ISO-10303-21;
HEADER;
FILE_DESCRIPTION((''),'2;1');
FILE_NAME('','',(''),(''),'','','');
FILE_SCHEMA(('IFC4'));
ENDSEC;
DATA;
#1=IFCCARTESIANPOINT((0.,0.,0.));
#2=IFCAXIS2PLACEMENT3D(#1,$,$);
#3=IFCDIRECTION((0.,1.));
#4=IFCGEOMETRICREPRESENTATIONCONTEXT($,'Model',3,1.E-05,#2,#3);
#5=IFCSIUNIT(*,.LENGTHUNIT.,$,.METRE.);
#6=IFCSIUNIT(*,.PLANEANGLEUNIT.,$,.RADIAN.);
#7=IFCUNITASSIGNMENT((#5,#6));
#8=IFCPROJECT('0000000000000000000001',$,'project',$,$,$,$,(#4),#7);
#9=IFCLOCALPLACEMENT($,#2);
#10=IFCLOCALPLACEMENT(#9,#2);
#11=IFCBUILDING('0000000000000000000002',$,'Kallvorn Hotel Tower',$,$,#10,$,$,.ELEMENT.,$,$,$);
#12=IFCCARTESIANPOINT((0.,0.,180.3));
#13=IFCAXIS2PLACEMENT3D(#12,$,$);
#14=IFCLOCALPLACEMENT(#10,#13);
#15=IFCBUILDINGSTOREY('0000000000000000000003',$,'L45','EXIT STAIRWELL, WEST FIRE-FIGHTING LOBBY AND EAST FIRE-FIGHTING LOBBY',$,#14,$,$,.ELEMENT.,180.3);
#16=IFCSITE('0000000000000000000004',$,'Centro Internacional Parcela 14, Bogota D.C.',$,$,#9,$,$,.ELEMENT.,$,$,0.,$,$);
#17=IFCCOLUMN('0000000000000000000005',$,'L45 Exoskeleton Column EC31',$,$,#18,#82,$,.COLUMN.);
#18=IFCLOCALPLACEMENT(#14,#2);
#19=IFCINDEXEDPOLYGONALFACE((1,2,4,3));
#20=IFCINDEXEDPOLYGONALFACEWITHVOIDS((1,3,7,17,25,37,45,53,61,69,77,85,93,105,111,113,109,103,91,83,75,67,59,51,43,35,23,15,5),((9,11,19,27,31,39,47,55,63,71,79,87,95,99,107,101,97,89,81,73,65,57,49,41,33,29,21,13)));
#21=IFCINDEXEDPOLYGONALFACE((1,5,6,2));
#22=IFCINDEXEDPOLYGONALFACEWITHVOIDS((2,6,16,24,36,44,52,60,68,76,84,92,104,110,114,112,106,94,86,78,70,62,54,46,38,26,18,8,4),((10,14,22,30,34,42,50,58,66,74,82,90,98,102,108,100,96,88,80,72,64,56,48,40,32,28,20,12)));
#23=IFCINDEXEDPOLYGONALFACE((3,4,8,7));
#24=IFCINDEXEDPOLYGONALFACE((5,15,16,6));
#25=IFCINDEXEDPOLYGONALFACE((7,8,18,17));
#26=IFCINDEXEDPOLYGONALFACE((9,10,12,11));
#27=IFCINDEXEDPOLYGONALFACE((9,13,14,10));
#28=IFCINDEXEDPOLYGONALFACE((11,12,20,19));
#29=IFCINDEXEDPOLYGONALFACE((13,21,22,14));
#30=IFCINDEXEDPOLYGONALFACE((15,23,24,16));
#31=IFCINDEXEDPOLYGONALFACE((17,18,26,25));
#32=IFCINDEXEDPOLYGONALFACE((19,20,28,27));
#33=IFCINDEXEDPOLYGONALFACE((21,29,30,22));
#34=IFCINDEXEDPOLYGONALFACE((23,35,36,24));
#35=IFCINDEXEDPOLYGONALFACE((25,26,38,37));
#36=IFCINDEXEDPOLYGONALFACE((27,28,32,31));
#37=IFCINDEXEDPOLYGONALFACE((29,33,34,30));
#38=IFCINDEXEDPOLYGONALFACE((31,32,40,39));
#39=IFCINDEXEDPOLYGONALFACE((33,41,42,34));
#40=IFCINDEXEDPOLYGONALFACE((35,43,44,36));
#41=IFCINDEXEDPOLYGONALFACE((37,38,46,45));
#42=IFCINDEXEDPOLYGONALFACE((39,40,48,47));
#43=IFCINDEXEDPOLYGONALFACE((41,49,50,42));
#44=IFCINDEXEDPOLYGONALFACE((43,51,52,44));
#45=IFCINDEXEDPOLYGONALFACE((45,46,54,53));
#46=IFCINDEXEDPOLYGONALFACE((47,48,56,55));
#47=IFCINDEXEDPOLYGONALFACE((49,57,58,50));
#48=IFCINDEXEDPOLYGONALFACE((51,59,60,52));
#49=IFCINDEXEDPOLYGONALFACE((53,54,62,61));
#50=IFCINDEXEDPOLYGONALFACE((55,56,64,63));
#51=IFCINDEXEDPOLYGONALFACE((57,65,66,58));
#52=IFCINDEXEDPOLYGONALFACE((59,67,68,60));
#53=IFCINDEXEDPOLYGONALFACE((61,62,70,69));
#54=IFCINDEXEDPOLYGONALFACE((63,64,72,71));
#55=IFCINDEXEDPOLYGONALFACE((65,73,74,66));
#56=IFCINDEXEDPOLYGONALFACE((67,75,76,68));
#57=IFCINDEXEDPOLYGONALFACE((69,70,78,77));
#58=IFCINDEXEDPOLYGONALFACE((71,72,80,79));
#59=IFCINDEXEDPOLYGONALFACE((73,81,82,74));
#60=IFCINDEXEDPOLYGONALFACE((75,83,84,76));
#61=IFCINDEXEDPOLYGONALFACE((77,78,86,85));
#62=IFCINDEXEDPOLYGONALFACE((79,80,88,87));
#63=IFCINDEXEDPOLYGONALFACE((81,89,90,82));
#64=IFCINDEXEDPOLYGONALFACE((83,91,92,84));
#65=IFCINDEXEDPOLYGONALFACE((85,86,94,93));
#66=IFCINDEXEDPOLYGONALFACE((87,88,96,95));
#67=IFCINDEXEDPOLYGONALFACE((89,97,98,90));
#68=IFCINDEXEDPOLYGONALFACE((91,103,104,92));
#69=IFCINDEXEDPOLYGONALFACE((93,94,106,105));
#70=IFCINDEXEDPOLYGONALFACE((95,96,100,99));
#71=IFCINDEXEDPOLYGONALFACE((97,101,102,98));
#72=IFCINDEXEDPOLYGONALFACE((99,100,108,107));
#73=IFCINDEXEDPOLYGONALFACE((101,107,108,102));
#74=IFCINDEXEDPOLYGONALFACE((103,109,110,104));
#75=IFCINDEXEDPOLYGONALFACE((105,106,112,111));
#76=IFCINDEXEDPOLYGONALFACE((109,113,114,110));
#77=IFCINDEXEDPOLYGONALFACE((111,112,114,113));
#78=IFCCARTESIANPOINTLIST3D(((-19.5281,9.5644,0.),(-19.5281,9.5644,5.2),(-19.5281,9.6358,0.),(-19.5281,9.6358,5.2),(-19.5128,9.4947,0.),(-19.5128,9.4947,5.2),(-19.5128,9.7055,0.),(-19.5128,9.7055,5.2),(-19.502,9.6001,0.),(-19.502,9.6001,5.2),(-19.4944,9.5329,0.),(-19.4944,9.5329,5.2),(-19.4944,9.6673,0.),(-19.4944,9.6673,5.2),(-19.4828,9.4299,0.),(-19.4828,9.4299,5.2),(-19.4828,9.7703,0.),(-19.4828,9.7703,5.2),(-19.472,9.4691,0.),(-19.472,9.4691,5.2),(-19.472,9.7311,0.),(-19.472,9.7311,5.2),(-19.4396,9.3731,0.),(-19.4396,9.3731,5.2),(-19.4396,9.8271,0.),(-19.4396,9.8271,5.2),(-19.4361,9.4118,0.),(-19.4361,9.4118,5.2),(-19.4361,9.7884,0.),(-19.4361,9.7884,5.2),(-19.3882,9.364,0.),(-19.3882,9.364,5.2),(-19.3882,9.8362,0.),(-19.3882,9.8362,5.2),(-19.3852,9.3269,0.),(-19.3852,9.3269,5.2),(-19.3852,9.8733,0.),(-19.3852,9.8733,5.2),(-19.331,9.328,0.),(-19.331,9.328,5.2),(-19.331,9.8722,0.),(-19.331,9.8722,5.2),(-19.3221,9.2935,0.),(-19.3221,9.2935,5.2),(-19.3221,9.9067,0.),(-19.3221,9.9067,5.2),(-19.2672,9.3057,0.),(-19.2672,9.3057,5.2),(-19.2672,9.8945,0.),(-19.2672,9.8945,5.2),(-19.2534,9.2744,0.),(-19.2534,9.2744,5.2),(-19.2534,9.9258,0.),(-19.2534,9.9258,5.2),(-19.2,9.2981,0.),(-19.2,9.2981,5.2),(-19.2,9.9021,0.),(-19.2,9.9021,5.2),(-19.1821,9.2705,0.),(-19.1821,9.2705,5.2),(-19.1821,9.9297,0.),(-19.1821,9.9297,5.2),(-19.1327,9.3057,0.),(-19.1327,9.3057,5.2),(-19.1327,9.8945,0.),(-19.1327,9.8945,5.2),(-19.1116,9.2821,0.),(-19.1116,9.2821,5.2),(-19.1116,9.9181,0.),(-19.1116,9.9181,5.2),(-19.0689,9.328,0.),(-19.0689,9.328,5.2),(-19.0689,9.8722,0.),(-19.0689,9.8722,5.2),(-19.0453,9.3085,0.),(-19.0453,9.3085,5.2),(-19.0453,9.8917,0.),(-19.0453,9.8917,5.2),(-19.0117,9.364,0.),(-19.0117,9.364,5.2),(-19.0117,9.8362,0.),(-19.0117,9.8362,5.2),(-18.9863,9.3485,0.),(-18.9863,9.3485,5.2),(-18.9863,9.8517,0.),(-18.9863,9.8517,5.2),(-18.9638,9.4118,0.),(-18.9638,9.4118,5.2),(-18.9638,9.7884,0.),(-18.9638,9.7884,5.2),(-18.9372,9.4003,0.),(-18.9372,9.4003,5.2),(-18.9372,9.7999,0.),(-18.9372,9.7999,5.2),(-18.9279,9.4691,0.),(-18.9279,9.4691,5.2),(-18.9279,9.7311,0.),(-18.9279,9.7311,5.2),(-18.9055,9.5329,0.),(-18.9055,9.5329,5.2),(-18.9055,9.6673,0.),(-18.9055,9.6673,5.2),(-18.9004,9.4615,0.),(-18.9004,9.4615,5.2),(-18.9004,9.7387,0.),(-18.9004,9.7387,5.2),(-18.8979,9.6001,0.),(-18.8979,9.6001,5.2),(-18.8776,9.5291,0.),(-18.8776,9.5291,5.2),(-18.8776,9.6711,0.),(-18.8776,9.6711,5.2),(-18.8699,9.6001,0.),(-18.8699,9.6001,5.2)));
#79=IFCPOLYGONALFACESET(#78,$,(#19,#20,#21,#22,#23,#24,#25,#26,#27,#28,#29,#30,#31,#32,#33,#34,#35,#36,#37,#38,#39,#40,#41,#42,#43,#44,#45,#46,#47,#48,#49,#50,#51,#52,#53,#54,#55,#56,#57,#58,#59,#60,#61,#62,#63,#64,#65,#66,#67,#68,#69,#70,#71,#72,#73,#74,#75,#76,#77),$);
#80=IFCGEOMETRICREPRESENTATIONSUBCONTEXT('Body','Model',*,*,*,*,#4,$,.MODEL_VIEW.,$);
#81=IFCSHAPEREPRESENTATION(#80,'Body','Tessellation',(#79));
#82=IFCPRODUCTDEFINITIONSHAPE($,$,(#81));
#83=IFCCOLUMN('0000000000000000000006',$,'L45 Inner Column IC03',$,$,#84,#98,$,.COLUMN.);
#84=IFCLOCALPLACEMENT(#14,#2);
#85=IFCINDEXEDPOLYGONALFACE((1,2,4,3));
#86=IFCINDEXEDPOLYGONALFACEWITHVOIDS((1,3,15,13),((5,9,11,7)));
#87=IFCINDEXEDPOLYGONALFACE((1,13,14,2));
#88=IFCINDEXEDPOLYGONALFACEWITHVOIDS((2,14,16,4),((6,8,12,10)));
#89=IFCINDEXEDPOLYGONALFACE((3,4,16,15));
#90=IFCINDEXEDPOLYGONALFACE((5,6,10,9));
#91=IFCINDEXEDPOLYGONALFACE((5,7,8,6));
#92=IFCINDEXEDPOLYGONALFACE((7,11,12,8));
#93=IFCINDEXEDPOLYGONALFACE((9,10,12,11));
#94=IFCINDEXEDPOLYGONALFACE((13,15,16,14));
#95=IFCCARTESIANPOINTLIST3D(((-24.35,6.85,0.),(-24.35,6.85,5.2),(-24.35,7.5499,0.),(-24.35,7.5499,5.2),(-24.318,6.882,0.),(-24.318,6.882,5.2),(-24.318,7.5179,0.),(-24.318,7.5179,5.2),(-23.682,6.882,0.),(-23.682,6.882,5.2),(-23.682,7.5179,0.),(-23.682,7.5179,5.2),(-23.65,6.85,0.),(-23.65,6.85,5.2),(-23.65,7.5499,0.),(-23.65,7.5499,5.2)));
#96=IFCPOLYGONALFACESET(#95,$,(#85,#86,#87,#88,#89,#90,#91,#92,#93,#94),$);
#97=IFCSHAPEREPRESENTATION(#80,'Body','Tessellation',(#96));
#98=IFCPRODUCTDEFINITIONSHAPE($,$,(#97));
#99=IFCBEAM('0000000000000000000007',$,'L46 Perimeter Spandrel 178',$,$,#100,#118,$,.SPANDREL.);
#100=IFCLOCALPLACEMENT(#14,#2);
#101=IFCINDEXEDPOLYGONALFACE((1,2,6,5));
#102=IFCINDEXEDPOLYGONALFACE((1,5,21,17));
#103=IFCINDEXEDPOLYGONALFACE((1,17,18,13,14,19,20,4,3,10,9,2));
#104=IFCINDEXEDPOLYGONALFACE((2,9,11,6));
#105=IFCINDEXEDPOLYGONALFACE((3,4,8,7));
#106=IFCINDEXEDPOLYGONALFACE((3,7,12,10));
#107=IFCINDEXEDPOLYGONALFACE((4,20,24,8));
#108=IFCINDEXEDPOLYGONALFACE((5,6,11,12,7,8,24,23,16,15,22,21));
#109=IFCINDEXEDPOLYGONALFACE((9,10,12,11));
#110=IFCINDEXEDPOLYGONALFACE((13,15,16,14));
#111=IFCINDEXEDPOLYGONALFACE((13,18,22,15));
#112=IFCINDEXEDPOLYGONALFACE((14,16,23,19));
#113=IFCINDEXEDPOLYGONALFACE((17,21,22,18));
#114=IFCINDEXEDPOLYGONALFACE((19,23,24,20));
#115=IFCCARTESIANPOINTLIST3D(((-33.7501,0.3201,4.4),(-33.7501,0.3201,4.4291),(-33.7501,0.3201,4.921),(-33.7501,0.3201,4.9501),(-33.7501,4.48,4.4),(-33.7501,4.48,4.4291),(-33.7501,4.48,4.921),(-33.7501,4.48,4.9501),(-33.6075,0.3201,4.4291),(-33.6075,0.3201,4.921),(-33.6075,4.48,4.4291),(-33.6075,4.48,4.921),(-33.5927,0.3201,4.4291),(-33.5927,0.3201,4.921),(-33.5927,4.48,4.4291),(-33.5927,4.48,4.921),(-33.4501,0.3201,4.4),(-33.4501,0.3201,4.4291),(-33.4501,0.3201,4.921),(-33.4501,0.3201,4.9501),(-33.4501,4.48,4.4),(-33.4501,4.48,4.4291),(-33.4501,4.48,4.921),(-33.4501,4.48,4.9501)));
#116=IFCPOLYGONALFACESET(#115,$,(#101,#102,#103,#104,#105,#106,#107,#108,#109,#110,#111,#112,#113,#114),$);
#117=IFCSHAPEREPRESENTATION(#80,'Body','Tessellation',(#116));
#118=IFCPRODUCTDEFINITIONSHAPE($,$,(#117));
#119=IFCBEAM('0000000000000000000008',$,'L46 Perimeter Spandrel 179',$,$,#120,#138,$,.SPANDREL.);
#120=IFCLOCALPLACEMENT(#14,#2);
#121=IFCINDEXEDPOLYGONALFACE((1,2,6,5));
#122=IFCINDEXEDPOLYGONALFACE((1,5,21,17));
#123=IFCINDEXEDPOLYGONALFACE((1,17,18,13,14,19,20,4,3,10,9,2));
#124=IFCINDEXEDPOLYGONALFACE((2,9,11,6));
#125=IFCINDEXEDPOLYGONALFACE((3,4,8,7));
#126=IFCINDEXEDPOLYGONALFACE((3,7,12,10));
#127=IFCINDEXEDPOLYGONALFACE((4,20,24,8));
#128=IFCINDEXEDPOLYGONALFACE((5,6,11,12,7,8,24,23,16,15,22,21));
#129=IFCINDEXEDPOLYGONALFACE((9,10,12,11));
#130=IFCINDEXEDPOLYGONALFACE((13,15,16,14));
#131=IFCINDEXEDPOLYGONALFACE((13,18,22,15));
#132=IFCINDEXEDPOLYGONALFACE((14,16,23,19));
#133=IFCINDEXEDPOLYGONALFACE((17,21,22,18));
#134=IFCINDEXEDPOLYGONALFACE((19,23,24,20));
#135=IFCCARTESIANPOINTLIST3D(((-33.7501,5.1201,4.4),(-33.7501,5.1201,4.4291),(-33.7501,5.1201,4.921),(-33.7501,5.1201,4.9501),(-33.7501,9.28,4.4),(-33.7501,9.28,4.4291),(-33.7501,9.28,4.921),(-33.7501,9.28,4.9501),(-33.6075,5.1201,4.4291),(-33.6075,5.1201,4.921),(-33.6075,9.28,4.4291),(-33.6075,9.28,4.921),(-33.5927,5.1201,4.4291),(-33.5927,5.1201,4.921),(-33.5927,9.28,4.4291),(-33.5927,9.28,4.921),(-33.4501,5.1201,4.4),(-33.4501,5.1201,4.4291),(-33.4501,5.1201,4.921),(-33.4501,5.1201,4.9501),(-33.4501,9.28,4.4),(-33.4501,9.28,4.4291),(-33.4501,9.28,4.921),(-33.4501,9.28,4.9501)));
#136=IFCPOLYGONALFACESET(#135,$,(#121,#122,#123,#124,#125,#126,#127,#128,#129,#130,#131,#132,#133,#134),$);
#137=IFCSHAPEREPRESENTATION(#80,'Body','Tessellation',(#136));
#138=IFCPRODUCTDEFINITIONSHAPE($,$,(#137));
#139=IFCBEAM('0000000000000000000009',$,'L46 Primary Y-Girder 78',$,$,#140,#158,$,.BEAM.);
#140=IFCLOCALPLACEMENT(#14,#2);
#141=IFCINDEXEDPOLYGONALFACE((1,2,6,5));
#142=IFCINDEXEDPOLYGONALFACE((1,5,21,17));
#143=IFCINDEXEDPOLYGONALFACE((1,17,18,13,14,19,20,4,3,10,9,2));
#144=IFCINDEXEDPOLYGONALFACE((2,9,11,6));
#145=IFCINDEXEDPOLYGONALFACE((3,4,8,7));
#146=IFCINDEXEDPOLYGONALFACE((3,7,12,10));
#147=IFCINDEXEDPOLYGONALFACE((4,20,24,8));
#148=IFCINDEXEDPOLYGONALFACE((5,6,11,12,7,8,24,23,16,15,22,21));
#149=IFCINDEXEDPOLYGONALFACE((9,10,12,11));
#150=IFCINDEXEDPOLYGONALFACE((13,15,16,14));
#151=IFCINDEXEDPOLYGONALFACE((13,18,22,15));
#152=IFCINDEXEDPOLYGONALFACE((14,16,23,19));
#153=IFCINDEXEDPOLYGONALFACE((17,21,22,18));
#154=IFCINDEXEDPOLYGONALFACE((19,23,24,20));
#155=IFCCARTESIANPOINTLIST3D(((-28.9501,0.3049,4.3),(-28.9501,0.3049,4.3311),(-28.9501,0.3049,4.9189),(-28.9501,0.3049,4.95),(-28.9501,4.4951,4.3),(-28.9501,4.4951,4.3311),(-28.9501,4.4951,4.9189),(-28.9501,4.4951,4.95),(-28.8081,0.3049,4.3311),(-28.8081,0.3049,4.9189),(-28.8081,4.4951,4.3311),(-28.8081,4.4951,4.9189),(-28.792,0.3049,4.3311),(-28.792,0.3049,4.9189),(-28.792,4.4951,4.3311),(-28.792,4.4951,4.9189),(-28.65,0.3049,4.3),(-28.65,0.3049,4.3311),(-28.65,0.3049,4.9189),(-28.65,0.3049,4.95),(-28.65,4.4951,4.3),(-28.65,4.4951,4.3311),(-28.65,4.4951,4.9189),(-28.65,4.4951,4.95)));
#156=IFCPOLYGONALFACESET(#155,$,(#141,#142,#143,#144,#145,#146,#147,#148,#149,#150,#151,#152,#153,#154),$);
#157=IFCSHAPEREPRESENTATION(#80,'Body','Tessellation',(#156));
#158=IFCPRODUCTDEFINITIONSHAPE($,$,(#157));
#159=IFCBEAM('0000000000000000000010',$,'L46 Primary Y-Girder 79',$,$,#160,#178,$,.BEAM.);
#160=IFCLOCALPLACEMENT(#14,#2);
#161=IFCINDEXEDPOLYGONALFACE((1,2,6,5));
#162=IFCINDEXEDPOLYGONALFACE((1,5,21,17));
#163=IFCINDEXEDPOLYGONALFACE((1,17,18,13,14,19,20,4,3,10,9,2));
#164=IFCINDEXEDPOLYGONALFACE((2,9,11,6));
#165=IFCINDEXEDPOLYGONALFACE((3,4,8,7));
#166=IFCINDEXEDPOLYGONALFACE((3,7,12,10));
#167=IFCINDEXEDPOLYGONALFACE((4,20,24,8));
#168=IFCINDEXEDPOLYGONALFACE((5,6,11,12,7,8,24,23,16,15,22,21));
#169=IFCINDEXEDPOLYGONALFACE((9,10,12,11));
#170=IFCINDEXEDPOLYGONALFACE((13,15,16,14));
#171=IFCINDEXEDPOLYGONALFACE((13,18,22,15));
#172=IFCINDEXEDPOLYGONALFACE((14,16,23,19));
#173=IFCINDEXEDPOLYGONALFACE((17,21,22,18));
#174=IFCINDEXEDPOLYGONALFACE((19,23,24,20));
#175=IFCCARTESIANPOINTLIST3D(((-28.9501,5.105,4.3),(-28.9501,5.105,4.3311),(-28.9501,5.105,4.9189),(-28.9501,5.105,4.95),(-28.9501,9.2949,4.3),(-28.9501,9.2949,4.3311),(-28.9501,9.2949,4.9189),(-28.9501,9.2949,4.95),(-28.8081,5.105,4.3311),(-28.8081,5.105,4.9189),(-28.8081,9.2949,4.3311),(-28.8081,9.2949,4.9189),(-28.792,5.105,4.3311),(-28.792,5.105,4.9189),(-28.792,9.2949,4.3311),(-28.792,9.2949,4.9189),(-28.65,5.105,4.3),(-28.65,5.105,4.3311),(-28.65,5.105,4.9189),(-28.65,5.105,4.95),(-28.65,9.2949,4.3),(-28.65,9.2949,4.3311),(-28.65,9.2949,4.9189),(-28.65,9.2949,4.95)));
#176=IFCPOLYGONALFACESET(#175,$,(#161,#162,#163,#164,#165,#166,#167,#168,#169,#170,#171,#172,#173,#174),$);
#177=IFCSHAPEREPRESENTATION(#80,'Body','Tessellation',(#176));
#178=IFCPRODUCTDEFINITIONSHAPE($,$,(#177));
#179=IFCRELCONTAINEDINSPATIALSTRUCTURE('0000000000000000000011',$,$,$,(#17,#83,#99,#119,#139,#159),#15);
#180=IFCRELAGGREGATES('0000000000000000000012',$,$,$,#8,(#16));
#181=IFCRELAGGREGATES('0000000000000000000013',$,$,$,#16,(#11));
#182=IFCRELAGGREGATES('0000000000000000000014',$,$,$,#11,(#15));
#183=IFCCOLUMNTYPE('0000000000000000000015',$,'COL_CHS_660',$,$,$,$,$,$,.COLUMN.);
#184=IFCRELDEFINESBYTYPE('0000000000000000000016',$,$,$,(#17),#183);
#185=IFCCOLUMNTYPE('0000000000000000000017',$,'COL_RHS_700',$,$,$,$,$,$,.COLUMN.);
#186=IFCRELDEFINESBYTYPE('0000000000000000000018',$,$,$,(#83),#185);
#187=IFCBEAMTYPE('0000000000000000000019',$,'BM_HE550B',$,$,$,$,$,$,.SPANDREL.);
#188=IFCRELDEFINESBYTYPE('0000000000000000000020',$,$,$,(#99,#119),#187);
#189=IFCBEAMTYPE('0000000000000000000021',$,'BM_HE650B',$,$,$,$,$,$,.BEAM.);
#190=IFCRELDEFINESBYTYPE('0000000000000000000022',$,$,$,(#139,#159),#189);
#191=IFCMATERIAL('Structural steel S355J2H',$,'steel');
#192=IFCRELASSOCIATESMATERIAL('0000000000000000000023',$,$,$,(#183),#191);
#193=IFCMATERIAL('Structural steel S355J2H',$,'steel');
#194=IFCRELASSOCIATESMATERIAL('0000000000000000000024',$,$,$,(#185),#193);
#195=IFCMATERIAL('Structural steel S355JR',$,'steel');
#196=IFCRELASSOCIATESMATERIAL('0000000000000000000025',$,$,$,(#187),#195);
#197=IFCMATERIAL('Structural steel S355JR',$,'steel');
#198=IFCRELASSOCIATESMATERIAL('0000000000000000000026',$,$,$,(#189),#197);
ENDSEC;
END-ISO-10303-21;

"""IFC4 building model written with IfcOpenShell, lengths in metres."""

from ifc_helpers import new_model, si_unit, direction, frame, origin, origin_2d, place, context, subcontext, project, spatial, hollow_rectangle, hollow_circle, i_section, extrude, material, material_profile, profile_set, type_object, element, save


model = new_model("IFC4")

# Units and contexts
model_context = context("Model", 3, precision=1e-05, world=origin(), true_north=direction((0.0, 1.0)))
body_context = subcontext(model_context, "Body", "Model", "MODEL_VIEW")
ifc_project = project(units=[si_unit("LENGTHUNIT", "METRE"), si_unit("PLANEANGLEUNIT", "RADIAN")], contexts=[model_context])

# Site, building, storey
site_placement = place(None, origin())
site = spatial("IfcSite", under=ifc_project, at=site_placement, Name="Centro Internacional Parcela 14, Bogota D.C.", CompositionType="ELEMENT", RefElevation=0.0)
building_placement = place(site_placement, origin())
building = spatial("IfcBuilding", under=site, at=building_placement, Name="Kallvorn Hotel Tower", CompositionType="ELEMENT")
storey_placement = place(building_placement, frame((0.0, 0.0, 180.3)))
storey = spatial("IfcBuildingStorey", under=building, at=storey_placement, Name="L45", Description="EXIT STAIRWELL, WEST FIRE-FIGHTING LOBBY AND EAST FIRE-FIGHTING LOBBY", CompositionType="ELEMENT", Elevation=180.3)

# Columns
ifc_material_1 = material(Name="Structural steel S355J2H", Category="steel")
ifc_material_profile_1 = material_profile(ifc_material_1, hollow_circle(Radius=0.3301, WallThickness=0.0281, at=origin_2d()), Name="CHS 660x28")
ifc_profile_set_1 = profile_set([ifc_material_profile_1], Name="Structural steel S355J2H")
column_type_1 = type_object("IfcColumnType", Name="COL_CHS_660", PredefinedType="COLUMN", material=ifc_profile_set_1)
for number, where, z_axis, x_axis, name in (
    (1, (-19.2, 9.6001, 0.0), (0.0, 0.0, 1.0), (1.0, 0.0, 0.0), "L45 Exoskeleton Column EC31"),
):
    element("IfcColumn", number, at=place(storey_placement, frame(where, z_axis=z_axis, x_axis=x_axis)), inside=storey, type_object=column_type_1, Name=name, PredefinedType="COLUMN", context=body_context, shape_type="SweptSolid", body=[
        extrude(hollow_circle(Radius=0.3301, WallThickness=0.0281, at=origin_2d()), origin(), (0.0, 0.0, 1.0), 5.2),
    ])
ifc_material_2 = material(Name="Structural steel S355J2H", Category="steel")
ifc_material_profile_2 = material_profile(ifc_material_2, hollow_rectangle(XDim=0.7, YDim=0.7, WallThickness=0.032, at=origin_2d()), Name="RHS 700x700x32")
ifc_profile_set_2 = profile_set([ifc_material_profile_2], Name="Structural steel S355J2H")
column_type_2 = type_object("IfcColumnType", Name="COL_RHS_700", PredefinedType="COLUMN", material=ifc_profile_set_2)
column_placement = place(storey_placement, frame((-24.0, 7.2, 0.0), z_axis=(0.0, 0.0, 1.0), x_axis=(1.0, 0.0, 0.0)))
element("IfcColumn", 2, at=column_placement, inside=storey, type_object=column_type_2, Name="L45 Inner Column IC03", PredefinedType="COLUMN", context=body_context, shape_type="SweptSolid", body=[
    extrude(hollow_rectangle(XDim=0.7, YDim=0.7, WallThickness=0.032, at=origin_2d()), origin(), (0.0, 0.0, 1.0), 5.2),
])

# Beams
ifc_material_3 = material(Name="Structural steel S355JR", Category="steel")
ifc_material_profile_3 = material_profile(ifc_material_3, i_section(OverallWidth=0.3, OverallDepth=0.55, WebThickness=0.0149, FlangeThickness=0.0291, at=origin_2d()), Name="HE 550 B")
ifc_profile_set_3 = profile_set([ifc_material_profile_3], Name="Structural steel S355JR")
beam_type_1 = type_object("IfcBeamType", Name="BM_HE550B", PredefinedType="SPANDREL", material=ifc_profile_set_3)
for number, where, z_axis, x_axis, name in (
    (3, (-33.6001, 0.3201, 4.675), (0.0, 1.0, 0.0), (-1.0, 0.0, 0.0), "L46 Perimeter Spandrel 178"),
    (4, (-33.6001, 5.1201, 4.675), (0.0, 1.0, 0.0), (-1.0, 0.0, 0.0), "L46 Perimeter Spandrel 179"),
):
    element("IfcBeam", number, at=place(storey_placement, frame(where, z_axis=z_axis, x_axis=x_axis)), inside=storey, type_object=beam_type_1, Name=name, PredefinedType="SPANDREL", context=body_context, shape_type="SweptSolid", body=[
        extrude(i_section(OverallWidth=0.3, OverallDepth=0.55, WebThickness=0.0149, FlangeThickness=0.0291, at=origin_2d()), origin(), (0.0, 0.0, 1.0), 4.1599),
    ])
ifc_material_4 = material(Name="Structural steel S355JR", Category="steel")
ifc_material_profile_4 = material_profile(ifc_material_4, i_section(OverallWidth=0.3, OverallDepth=0.6499, WebThickness=0.0161, FlangeThickness=0.031, at=origin_2d()), Name="HE 650 B")
ifc_profile_set_4 = profile_set([ifc_material_profile_4], Name="Structural steel S355JR")
beam_type_2 = type_object("IfcBeamType", Name="BM_HE650B", PredefinedType="BEAM", material=ifc_profile_set_4)
beam_1_placement = place(storey_placement, frame((-28.8, 0.3049, 4.625), z_axis=(0.0, 1.0, 0.0), x_axis=(-1.0, 0.0, 0.0)))
element("IfcBeam", 5, at=beam_1_placement, inside=storey, type_object=beam_type_2, Name="L46 Primary Y-Girder 78", PredefinedType="BEAM", context=body_context, shape_type="SweptSolid", body=[
    extrude(i_section(OverallWidth=0.3, OverallDepth=0.6499, WebThickness=0.0161, FlangeThickness=0.031, at=origin_2d()), origin(), (0.0, 0.0, 1.0), 4.1902),
])
beam_2_placement = place(storey_placement, frame((-28.8, 5.105, 4.625), z_axis=(0.0, 1.0, 0.0), x_axis=(-1.0, 0.0, 0.0)))
element("IfcBeam", 6, at=beam_2_placement, inside=storey, type_object=beam_type_2, Name="L46 Primary Y-Girder 79", PredefinedType="BEAM", context=body_context, shape_type="SweptSolid", body=[
    extrude(i_section(OverallWidth=0.3, OverallDepth=0.6499, WebThickness=0.0161, FlangeThickness=0.031, at=origin_2d()), origin(), (0.0, 0.0, 1.0), 4.1899),
])

save(model, "model.ifc")
